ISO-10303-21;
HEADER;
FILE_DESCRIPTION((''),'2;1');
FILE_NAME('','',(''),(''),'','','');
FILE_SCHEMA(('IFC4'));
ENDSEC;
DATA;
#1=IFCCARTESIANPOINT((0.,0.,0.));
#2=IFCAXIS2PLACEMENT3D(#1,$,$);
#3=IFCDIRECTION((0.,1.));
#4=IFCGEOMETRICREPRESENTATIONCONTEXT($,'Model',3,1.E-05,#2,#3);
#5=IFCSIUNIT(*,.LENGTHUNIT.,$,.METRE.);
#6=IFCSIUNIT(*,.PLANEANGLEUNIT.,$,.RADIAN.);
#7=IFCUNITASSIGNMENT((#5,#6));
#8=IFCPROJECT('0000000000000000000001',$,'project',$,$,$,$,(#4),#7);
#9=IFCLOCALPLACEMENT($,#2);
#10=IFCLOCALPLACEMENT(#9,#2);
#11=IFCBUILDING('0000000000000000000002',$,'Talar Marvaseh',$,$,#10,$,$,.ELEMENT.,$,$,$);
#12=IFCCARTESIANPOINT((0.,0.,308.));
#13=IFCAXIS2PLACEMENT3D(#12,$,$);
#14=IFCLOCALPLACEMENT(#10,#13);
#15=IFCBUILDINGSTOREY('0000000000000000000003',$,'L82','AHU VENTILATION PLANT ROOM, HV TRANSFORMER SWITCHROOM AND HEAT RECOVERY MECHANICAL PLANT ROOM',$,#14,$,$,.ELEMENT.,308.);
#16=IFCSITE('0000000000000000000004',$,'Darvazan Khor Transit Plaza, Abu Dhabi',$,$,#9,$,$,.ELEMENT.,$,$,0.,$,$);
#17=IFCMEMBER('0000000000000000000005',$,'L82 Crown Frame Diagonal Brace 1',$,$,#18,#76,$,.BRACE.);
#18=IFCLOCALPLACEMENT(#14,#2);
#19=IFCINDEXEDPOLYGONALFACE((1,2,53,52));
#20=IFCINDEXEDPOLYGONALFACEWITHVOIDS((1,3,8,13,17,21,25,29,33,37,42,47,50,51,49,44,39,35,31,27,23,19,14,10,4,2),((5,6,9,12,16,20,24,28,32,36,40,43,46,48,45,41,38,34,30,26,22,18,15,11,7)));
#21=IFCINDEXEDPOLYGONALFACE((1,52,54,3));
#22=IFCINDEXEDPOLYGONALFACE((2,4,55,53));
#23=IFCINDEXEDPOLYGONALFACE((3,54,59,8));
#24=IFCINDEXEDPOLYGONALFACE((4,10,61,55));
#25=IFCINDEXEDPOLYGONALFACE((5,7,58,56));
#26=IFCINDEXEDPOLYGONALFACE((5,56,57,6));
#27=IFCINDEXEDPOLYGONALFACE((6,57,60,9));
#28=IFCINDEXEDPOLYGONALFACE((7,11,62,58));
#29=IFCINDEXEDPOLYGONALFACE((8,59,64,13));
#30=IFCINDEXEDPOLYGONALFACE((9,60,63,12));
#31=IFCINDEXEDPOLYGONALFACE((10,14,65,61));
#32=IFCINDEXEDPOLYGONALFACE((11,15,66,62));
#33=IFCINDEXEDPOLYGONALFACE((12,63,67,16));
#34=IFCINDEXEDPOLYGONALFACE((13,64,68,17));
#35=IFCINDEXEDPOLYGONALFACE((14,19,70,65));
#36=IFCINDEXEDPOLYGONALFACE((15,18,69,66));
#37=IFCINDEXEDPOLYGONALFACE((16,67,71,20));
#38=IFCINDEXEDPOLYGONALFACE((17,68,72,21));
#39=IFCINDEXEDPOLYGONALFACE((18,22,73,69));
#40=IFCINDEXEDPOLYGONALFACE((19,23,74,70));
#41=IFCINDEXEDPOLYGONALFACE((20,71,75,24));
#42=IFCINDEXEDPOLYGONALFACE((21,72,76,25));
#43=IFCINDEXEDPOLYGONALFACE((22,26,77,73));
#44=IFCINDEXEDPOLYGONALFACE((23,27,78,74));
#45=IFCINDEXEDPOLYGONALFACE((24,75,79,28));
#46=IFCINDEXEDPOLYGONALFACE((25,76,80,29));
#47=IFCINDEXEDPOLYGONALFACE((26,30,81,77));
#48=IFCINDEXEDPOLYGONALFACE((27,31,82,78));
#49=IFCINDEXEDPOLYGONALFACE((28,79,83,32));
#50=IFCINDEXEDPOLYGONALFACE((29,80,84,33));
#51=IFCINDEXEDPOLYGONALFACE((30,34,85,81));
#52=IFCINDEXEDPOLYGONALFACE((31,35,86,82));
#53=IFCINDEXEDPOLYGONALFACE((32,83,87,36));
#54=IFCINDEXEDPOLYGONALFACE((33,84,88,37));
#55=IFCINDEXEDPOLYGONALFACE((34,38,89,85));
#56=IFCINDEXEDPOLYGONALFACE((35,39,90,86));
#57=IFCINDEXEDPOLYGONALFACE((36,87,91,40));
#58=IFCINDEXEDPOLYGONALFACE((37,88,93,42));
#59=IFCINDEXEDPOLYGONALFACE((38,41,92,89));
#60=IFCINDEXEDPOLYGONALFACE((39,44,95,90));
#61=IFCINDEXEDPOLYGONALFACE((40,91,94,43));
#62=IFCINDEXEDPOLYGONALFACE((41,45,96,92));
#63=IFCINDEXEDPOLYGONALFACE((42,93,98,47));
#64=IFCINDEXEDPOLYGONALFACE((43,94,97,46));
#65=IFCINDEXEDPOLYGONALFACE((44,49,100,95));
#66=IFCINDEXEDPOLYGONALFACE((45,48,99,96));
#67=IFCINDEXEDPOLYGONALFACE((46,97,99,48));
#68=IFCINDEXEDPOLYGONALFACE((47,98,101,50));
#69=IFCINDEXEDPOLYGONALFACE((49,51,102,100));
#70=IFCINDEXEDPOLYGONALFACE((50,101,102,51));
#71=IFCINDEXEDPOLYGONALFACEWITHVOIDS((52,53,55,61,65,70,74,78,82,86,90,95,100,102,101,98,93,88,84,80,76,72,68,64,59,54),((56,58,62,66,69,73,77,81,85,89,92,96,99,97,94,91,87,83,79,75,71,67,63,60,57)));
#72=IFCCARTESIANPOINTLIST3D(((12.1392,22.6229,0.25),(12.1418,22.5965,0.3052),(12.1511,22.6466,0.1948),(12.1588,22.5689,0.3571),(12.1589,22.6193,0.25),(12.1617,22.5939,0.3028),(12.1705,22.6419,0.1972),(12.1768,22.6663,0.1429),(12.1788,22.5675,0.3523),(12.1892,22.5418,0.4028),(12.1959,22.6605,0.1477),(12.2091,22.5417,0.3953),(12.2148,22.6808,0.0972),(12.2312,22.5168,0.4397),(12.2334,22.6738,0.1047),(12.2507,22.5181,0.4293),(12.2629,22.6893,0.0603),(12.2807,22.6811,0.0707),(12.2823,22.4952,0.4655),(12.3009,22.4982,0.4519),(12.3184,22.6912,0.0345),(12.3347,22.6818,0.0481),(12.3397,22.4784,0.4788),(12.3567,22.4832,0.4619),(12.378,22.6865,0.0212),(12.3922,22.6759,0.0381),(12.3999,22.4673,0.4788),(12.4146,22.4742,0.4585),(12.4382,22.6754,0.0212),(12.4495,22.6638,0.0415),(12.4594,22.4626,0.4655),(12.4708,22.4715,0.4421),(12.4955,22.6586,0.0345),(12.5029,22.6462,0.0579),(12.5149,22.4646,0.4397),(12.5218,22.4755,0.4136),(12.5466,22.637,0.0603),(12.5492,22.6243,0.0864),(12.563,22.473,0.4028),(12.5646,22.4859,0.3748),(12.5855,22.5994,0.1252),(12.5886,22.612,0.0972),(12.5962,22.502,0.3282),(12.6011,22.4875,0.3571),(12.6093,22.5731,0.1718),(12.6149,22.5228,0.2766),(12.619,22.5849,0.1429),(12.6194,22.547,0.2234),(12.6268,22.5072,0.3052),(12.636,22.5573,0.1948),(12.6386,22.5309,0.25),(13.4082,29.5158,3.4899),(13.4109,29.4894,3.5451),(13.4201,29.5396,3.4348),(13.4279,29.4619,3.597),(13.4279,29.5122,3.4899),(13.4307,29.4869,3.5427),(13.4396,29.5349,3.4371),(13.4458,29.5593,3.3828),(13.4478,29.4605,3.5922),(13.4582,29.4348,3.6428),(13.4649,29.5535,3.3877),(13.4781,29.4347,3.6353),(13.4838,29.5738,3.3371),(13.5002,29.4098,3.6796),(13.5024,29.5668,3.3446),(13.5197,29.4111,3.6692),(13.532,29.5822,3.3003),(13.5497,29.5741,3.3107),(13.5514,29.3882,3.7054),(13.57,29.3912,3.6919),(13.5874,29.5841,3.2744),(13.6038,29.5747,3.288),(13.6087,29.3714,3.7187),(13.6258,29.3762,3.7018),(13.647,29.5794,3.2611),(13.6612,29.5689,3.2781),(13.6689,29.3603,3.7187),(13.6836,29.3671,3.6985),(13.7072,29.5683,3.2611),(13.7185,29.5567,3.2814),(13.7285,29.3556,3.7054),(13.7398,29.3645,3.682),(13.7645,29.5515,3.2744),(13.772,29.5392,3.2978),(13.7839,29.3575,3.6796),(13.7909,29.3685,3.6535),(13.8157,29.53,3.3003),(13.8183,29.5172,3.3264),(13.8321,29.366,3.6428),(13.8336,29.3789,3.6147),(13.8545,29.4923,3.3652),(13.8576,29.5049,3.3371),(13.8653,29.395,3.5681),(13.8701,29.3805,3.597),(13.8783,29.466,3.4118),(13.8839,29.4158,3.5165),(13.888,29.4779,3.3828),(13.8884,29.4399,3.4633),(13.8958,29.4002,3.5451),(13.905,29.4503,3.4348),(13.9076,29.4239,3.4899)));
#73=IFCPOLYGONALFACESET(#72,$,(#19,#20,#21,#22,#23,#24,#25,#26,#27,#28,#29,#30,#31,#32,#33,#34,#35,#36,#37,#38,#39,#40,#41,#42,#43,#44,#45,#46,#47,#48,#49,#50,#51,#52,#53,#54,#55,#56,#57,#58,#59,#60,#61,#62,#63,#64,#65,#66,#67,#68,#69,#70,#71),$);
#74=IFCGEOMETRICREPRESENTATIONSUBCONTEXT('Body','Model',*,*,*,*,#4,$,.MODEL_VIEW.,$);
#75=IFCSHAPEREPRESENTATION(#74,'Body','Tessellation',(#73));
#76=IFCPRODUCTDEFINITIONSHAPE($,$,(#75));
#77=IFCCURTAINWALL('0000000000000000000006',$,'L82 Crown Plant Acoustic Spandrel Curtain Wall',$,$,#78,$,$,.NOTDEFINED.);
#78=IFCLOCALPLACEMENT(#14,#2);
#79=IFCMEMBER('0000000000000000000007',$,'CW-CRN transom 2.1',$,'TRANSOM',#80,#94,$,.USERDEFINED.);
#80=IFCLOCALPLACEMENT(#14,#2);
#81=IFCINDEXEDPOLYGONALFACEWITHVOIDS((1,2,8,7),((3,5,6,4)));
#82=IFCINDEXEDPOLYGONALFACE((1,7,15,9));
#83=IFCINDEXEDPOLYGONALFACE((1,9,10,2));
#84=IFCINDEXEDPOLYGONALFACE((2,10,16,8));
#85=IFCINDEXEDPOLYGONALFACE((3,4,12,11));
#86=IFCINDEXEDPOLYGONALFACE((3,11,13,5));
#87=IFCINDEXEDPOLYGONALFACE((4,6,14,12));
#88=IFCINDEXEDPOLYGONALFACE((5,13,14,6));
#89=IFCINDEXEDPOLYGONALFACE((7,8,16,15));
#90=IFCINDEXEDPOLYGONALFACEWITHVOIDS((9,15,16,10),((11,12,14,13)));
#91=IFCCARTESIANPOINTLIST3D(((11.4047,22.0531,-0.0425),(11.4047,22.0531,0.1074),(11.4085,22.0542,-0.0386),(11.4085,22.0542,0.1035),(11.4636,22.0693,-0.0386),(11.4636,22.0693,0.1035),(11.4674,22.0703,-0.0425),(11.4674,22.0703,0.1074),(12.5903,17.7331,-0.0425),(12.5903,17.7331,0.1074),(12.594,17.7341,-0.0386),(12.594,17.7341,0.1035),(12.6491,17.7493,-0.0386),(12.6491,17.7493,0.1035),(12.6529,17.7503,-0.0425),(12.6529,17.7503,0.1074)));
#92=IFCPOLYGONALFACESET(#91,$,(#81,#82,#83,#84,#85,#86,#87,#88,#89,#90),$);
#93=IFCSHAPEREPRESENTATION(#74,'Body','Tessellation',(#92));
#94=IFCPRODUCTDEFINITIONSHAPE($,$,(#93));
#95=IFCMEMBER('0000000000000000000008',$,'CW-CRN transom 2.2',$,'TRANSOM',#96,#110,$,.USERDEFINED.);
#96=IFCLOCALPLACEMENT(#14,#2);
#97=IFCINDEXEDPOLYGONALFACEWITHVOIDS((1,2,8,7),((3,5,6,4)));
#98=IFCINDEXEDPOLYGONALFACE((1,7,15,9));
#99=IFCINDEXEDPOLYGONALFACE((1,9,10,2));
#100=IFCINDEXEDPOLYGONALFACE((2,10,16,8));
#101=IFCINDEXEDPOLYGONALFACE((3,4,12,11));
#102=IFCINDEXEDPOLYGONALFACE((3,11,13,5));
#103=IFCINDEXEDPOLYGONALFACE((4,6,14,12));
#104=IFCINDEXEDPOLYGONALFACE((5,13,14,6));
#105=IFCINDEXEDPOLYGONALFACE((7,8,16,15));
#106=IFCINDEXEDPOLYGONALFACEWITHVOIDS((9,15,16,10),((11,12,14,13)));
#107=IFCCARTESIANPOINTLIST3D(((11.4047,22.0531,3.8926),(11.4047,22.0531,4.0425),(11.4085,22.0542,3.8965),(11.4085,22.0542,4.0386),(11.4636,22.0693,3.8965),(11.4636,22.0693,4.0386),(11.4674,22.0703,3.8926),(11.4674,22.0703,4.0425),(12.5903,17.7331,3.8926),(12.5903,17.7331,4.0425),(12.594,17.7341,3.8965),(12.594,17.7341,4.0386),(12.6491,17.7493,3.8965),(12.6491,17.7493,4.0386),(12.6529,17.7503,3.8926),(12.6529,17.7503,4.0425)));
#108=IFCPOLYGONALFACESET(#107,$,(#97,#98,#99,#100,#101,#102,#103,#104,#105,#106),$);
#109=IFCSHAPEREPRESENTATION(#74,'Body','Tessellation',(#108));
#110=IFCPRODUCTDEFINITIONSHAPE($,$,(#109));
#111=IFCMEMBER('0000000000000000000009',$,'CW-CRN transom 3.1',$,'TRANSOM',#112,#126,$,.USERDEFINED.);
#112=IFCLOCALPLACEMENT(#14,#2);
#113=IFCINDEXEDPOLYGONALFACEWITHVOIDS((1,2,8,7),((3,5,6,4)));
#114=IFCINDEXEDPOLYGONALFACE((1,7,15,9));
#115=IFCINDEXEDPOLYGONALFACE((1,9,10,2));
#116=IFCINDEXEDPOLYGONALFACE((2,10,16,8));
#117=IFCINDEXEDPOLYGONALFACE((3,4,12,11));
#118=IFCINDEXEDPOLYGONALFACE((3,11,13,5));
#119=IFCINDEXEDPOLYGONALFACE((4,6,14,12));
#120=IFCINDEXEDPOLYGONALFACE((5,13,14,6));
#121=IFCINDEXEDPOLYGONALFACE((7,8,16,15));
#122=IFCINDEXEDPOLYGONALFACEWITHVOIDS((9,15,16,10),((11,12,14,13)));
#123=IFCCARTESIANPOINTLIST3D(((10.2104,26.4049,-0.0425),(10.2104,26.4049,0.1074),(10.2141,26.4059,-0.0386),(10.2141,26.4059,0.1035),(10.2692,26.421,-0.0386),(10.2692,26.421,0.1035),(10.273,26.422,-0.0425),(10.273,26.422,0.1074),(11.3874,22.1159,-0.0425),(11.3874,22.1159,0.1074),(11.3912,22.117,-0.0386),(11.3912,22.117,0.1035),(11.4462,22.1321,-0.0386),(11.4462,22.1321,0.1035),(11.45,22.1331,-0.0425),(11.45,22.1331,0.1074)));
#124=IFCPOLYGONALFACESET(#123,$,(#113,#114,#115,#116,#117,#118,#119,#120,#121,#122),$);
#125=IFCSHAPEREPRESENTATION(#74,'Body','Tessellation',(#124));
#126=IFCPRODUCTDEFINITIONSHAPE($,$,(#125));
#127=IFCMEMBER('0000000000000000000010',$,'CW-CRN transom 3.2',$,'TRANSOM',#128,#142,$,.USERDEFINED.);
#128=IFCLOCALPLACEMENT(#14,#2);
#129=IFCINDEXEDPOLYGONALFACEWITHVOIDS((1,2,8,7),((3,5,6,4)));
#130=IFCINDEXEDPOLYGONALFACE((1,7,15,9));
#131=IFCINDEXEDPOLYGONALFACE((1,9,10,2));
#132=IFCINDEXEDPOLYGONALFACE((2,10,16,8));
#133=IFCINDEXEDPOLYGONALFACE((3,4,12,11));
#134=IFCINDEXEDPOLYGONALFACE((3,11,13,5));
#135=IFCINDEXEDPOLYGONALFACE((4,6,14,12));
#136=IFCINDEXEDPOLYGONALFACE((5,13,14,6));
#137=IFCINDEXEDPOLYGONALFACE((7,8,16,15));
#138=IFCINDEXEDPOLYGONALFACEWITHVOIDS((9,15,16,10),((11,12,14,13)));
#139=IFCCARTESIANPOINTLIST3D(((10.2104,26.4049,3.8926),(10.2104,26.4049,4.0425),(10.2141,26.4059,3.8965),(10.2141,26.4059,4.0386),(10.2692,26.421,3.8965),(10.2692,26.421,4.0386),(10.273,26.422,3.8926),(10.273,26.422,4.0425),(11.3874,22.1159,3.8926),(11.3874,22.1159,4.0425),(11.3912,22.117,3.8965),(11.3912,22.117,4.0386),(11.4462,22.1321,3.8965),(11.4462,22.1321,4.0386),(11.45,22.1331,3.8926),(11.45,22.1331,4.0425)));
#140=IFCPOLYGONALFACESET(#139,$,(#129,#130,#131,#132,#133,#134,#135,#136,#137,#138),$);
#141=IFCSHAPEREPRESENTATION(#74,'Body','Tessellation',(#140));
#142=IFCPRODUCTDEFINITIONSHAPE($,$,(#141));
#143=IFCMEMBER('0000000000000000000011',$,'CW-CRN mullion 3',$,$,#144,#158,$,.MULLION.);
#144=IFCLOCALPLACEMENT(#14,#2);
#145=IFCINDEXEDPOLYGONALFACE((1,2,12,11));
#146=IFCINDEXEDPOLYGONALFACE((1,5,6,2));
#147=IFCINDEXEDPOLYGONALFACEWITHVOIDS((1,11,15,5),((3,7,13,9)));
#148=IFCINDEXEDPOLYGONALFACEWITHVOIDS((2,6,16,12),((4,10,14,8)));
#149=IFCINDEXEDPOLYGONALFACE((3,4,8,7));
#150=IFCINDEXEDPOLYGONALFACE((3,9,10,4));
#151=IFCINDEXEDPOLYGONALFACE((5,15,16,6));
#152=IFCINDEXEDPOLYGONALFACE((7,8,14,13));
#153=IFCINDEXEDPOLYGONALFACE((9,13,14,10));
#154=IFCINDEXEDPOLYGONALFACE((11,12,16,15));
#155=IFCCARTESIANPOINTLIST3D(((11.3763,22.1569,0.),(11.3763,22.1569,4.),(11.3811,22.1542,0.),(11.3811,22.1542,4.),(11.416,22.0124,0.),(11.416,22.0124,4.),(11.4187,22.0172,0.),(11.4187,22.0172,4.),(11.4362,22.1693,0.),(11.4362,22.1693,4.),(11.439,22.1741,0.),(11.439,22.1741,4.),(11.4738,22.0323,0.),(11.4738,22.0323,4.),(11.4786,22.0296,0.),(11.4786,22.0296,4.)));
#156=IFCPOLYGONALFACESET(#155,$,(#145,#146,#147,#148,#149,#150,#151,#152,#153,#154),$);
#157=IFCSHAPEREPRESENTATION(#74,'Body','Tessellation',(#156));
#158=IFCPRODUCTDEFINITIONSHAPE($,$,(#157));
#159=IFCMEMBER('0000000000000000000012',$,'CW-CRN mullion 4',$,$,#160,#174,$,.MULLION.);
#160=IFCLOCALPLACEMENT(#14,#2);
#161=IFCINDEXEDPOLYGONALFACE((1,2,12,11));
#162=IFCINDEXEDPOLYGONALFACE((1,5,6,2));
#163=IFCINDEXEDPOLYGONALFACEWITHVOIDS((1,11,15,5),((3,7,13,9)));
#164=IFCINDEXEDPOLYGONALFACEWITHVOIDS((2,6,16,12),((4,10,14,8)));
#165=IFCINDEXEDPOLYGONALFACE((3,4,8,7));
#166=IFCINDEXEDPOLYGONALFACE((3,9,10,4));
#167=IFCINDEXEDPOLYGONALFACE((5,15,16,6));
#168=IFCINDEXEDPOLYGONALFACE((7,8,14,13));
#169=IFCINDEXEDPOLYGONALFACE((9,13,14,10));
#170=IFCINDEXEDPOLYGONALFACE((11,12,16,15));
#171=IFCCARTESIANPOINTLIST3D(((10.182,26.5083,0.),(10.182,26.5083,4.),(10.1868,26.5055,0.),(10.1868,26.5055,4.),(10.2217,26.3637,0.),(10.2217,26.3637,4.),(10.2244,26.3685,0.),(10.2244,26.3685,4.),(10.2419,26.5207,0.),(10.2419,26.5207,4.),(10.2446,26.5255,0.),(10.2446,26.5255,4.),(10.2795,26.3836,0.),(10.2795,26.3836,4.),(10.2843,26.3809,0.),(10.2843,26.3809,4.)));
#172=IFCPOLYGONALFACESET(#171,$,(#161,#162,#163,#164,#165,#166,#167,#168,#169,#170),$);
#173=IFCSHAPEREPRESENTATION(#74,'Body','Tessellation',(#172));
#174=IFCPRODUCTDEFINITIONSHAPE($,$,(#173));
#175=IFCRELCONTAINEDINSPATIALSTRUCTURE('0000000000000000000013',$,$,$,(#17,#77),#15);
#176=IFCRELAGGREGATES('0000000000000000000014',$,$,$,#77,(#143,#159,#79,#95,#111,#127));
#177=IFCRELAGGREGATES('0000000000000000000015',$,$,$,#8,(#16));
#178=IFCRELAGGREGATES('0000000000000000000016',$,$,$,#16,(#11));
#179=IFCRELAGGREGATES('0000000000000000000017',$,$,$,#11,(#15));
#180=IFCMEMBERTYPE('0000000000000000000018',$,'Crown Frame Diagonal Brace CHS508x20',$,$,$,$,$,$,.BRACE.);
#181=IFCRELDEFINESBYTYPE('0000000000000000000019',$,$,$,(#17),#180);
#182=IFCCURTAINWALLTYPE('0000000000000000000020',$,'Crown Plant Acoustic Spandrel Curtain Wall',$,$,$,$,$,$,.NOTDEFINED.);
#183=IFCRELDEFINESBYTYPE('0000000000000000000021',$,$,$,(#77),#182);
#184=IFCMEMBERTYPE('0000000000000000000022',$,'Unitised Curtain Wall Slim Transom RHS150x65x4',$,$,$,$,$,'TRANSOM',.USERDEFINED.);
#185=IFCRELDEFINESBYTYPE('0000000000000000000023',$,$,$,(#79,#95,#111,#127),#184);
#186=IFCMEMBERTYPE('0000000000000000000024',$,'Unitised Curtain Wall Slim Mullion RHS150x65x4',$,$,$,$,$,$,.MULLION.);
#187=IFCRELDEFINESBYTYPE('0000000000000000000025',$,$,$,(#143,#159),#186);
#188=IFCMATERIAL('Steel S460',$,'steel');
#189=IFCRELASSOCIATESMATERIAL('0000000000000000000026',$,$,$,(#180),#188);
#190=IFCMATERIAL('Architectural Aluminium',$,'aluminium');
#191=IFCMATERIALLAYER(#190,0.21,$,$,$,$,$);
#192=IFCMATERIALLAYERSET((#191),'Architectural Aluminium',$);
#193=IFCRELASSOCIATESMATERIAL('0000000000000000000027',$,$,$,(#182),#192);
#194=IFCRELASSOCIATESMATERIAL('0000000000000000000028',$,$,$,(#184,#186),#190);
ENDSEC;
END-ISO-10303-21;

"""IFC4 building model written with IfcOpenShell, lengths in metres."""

from ifc_helpers import new_model, si_unit, direction, frame, origin, origin_2d, place, context, subcontext, project, spatial, hollow_rectangle, hollow_circle, extrude, source, transform, mapped, material, layer, layer_set, material_profile, profile_set, type_object, type_shapes, element, aggregate, save


model = new_model("IFC4")

# Units and contexts
model_context = context("Model", 3, precision=1e-05, world=origin(), true_north=direction((0.0, 1.0)))
body_context = subcontext(model_context, "Body", "Model", "MODEL_VIEW")
ifc_project = project(units=[si_unit("LENGTHUNIT", "METRE"), si_unit("PLANEANGLEUNIT", "RADIAN")], contexts=[model_context])

# Site, building, storey
site_placement = place(None, origin())
site = spatial("IfcSite", under=ifc_project, at=site_placement, Name="Darvazan Khor Transit Plaza, Abu Dhabi", CompositionType="ELEMENT", RefElevation=0.0)
building_placement = place(site_placement, origin())
building = spatial("IfcBuilding", under=site, at=building_placement, Name="Talar Marvaseh", CompositionType="ELEMENT")
storey_placement = place(building_placement, frame((0.0, 0.0, 308.0)))
storey = spatial("IfcBuildingStorey", under=building, at=storey_placement, Name="L82", Description="AHU VENTILATION PLANT ROOM, HV TRANSFORMER SWITCHROOM AND HEAT RECOVERY MECHANICAL PLANT ROOM", CompositionType="ELEMENT", Elevation=308.0)

# Shared definitions
ifc_material_1 = material(Name="Steel S460", Category="steel")

# Member
ifc_material_profile_1 = material_profile(ifc_material_1, hollow_circle(Radius=0.2539, WallThickness=0.02, at=origin_2d()), Name="CHS508x20")
ifc_profile_set_1 = profile_set([ifc_material_profile_1], Name="Steel S460")
member_type_1 = type_object("IfcMemberType", Name="Crown Frame Diagonal Brace CHS508x20", PredefinedType="BRACE", material=ifc_profile_set_1)
shared_shape_1 = source(origin(), body_context, "Body", "SweptSolid", [
    extrude(hollow_circle(Radius=0.2539, WallThickness=0.02, at=origin_2d()), origin(), (0.0, 0.0, 1.0), 7.7214),
])
type_shapes(member_type_1, [shared_shape_1])
member_1_placement = place(storey_placement, frame((12.3889, 22.5769, 0.25), z_axis=(0.164351, 0.892705, 0.419603), x_axis=(-0.983472, 0.181061, 0.0)))
element("IfcMember", 1, at=member_1_placement, inside=storey, type_object=member_type_1, Name="L82 Crown Frame Diagonal Brace 1", PredefinedType="BRACE", context=body_context, shape_type="MappedRepresentation", body=[
    mapped(shared_shape_1, transform((0.0, 0.0, 0.0), x_axis=(1.0, 0.0, 0.0), y_axis=(0.0, 1.0, 0.0), z_axis=(0.0, 0.0, 1.0), scale=1.0)),
])

# Curtain wall, members
ifc_material_2 = material(Name="Architectural Aluminium", Category="aluminium")
ifc_layer_1 = layer(ifc_material_2, 0.21)
ifc_layer_set_1 = layer_set([ifc_layer_1], Name="Architectural Aluminium")
curtain_wall_type = type_object("IfcCurtainWallType", Name="Crown Plant Acoustic Spandrel Curtain Wall", PredefinedType="NOTDEFINED", material=ifc_layer_set_1)
curtain_wall_placement = place(storey_placement, origin())
curtain_wall = element("IfcCurtainWall", 2, at=curtain_wall_placement, inside=storey, type_object=curtain_wall_type, Name="L82 Crown Plant Acoustic Spandrel Curtain Wall", PredefinedType="NOTDEFINED")
ifc_material_profile_2 = material_profile(ifc_material_2, hollow_rectangle(XDim=0.0649, YDim=0.1499, WallThickness=0.0039, at=origin_2d()), Name="RHS150x65x4")
ifc_profile_set_2 = profile_set([ifc_material_profile_2], Name="Architectural Aluminium")
member_type_2 = type_object("IfcMemberType", Name="Unitised Curtain Wall Slim Transom RHS150x65x4", ElementType="TRANSOM", PredefinedType="USERDEFINED", material=ifc_profile_set_2)
shared_shape_2 = source(origin(), body_context, "Body", "SweptSolid", [
    extrude(hollow_rectangle(XDim=0.0649, YDim=0.1499, WallThickness=0.0039, at=origin_2d()), origin(), (0.0, 0.0, 1.0), 4.4797),
])
member_2_placement = place(storey_placement, frame((12.6216, 17.7417, 0.0325), z_axis=(-0.264643, 0.964346, 0.0), x_axis=(-0.964346, -0.264643, 0.0)))
member_2 = element("IfcMember", 3, at=member_2_placement, type_object=member_type_2, Name="CW-CRN transom 2.1", ObjectType="TRANSOM", PredefinedType="USERDEFINED", context=body_context, shape_type="MappedRepresentation", body=[
    mapped(shared_shape_2, transform((0.0, 0.0, 0.0), x_axis=(1.0, 0.0, 0.0), y_axis=(0.0, 1.0, 0.0), z_axis=(0.0, 0.0, 1.0), scale=1.0)),
])
member_3_placement = place(storey_placement, frame((12.6216, 17.7417, 3.9675), z_axis=(-0.264643, 0.964346, 0.0), x_axis=(-0.964346, -0.264643, 0.0)))
member_3 = element("IfcMember", 4, at=member_3_placement, type_object=member_type_2, Name="CW-CRN transom 2.2", ObjectType="TRANSOM", PredefinedType="USERDEFINED", context=body_context, shape_type="MappedRepresentation", body=[
    mapped(shared_shape_2, transform((0.0, 0.0, 0.0), x_axis=(1.0, 0.0, 0.0), y_axis=(0.0, 1.0, 0.0), z_axis=(0.0, 0.0, 1.0), scale=1.0)),
])
shared_shape_3 = source(origin(), body_context, "Body", "SweptSolid", [
    extrude(hollow_rectangle(XDim=0.0649, YDim=0.1499, WallThickness=0.0039, at=origin_2d()), origin(), (0.0, 0.0, 1.0), 4.4475),
])
type_shapes(member_type_2, [shared_shape_2, shared_shape_3])
member_4_placement = place(storey_placement, frame((11.4187, 22.1245, 0.0325), z_axis=(-0.26465, 0.964345, 0.0), x_axis=(-0.964345, -0.26465, 0.0)))
member_4 = element("IfcMember", 5, at=member_4_placement, type_object=member_type_2, Name="CW-CRN transom 3.1", ObjectType="TRANSOM", PredefinedType="USERDEFINED", context=body_context, shape_type="MappedRepresentation", body=[
    mapped(shared_shape_3, transform((0.0, 0.0, 0.0), x_axis=(1.0, 0.0, 0.0), y_axis=(0.0, 1.0, 0.0), z_axis=(0.0, 0.0, 1.0), scale=1.0)),
])
member_5_placement = place(storey_placement, frame((11.4187, 22.1245, 3.9675), z_axis=(-0.26465, 0.964345, 0.0), x_axis=(-0.964345, -0.26465, 0.0)))
member_5 = element("IfcMember", 6, at=member_5_placement, type_object=member_type_2, Name="CW-CRN transom 3.2", ObjectType="TRANSOM", PredefinedType="USERDEFINED", context=body_context, shape_type="MappedRepresentation", body=[
    mapped(shared_shape_3, transform((0.0, 0.0, 0.0), x_axis=(1.0, 0.0, 0.0), y_axis=(0.0, 1.0, 0.0), z_axis=(0.0, 0.0, 1.0), scale=1.0)),
])
ifc_material_profile_3 = material_profile(ifc_material_2, hollow_rectangle(XDim=0.0649, YDim=0.1499, WallThickness=0.0039, at=origin_2d()), Name="RHS150x65x4")
ifc_profile_set_3 = profile_set([ifc_material_profile_3], Name="Architectural Aluminium")
member_type_3 = type_object("IfcMemberType", Name="Unitised Curtain Wall Slim Mullion RHS150x65x4", PredefinedType="MULLION", material=ifc_profile_set_3)
shared_shape_4 = source(origin(), body_context, "Body", "SweptSolid", [
    extrude(hollow_rectangle(XDim=0.0649, YDim=0.1499, WallThickness=0.0039, at=origin_2d()), origin(), (0.0, 0.0, 1.0), 4.0),
])
type_shapes(member_type_3, [shared_shape_4])
member_6_placement = place(storey_placement, frame((11.4275, 22.0933, 0.0), z_axis=(0.0, 0.0, 1.0), x_axis=(-0.964345, -0.264649, 0.0)))
member_6 = element("IfcMember", 7, at=member_6_placement, type_object=member_type_3, Name="CW-CRN mullion 3", PredefinedType="MULLION", context=body_context, shape_type="MappedRepresentation", body=[
    mapped(shared_shape_4, transform((0.0, 0.0, 0.0), x_axis=(1.0, 0.0, 0.0), y_axis=(0.0, 1.0, 0.0), z_axis=(0.0, 0.0, 1.0), scale=1.0)),
])
member_7_placement = place(storey_placement, frame((10.2332, 26.4446, 0.0), z_axis=(0.0, 0.0, 1.0), x_axis=(-0.964345, -0.264649, 0.0)))
member_7 = element("IfcMember", 8, at=member_7_placement, type_object=member_type_3, Name="CW-CRN mullion 4", PredefinedType="MULLION", context=body_context, shape_type="MappedRepresentation", body=[
    mapped(shared_shape_4, transform((0.0, 0.0, 0.0), x_axis=(1.0, 0.0, 0.0), y_axis=(0.0, 1.0, 0.0), z_axis=(0.0, 0.0, 1.0), scale=1.0)),
])

aggregate(curtain_wall, [member_6, member_7, member_2, member_3, member_4, member_5])

save(model, "model.ifc")
